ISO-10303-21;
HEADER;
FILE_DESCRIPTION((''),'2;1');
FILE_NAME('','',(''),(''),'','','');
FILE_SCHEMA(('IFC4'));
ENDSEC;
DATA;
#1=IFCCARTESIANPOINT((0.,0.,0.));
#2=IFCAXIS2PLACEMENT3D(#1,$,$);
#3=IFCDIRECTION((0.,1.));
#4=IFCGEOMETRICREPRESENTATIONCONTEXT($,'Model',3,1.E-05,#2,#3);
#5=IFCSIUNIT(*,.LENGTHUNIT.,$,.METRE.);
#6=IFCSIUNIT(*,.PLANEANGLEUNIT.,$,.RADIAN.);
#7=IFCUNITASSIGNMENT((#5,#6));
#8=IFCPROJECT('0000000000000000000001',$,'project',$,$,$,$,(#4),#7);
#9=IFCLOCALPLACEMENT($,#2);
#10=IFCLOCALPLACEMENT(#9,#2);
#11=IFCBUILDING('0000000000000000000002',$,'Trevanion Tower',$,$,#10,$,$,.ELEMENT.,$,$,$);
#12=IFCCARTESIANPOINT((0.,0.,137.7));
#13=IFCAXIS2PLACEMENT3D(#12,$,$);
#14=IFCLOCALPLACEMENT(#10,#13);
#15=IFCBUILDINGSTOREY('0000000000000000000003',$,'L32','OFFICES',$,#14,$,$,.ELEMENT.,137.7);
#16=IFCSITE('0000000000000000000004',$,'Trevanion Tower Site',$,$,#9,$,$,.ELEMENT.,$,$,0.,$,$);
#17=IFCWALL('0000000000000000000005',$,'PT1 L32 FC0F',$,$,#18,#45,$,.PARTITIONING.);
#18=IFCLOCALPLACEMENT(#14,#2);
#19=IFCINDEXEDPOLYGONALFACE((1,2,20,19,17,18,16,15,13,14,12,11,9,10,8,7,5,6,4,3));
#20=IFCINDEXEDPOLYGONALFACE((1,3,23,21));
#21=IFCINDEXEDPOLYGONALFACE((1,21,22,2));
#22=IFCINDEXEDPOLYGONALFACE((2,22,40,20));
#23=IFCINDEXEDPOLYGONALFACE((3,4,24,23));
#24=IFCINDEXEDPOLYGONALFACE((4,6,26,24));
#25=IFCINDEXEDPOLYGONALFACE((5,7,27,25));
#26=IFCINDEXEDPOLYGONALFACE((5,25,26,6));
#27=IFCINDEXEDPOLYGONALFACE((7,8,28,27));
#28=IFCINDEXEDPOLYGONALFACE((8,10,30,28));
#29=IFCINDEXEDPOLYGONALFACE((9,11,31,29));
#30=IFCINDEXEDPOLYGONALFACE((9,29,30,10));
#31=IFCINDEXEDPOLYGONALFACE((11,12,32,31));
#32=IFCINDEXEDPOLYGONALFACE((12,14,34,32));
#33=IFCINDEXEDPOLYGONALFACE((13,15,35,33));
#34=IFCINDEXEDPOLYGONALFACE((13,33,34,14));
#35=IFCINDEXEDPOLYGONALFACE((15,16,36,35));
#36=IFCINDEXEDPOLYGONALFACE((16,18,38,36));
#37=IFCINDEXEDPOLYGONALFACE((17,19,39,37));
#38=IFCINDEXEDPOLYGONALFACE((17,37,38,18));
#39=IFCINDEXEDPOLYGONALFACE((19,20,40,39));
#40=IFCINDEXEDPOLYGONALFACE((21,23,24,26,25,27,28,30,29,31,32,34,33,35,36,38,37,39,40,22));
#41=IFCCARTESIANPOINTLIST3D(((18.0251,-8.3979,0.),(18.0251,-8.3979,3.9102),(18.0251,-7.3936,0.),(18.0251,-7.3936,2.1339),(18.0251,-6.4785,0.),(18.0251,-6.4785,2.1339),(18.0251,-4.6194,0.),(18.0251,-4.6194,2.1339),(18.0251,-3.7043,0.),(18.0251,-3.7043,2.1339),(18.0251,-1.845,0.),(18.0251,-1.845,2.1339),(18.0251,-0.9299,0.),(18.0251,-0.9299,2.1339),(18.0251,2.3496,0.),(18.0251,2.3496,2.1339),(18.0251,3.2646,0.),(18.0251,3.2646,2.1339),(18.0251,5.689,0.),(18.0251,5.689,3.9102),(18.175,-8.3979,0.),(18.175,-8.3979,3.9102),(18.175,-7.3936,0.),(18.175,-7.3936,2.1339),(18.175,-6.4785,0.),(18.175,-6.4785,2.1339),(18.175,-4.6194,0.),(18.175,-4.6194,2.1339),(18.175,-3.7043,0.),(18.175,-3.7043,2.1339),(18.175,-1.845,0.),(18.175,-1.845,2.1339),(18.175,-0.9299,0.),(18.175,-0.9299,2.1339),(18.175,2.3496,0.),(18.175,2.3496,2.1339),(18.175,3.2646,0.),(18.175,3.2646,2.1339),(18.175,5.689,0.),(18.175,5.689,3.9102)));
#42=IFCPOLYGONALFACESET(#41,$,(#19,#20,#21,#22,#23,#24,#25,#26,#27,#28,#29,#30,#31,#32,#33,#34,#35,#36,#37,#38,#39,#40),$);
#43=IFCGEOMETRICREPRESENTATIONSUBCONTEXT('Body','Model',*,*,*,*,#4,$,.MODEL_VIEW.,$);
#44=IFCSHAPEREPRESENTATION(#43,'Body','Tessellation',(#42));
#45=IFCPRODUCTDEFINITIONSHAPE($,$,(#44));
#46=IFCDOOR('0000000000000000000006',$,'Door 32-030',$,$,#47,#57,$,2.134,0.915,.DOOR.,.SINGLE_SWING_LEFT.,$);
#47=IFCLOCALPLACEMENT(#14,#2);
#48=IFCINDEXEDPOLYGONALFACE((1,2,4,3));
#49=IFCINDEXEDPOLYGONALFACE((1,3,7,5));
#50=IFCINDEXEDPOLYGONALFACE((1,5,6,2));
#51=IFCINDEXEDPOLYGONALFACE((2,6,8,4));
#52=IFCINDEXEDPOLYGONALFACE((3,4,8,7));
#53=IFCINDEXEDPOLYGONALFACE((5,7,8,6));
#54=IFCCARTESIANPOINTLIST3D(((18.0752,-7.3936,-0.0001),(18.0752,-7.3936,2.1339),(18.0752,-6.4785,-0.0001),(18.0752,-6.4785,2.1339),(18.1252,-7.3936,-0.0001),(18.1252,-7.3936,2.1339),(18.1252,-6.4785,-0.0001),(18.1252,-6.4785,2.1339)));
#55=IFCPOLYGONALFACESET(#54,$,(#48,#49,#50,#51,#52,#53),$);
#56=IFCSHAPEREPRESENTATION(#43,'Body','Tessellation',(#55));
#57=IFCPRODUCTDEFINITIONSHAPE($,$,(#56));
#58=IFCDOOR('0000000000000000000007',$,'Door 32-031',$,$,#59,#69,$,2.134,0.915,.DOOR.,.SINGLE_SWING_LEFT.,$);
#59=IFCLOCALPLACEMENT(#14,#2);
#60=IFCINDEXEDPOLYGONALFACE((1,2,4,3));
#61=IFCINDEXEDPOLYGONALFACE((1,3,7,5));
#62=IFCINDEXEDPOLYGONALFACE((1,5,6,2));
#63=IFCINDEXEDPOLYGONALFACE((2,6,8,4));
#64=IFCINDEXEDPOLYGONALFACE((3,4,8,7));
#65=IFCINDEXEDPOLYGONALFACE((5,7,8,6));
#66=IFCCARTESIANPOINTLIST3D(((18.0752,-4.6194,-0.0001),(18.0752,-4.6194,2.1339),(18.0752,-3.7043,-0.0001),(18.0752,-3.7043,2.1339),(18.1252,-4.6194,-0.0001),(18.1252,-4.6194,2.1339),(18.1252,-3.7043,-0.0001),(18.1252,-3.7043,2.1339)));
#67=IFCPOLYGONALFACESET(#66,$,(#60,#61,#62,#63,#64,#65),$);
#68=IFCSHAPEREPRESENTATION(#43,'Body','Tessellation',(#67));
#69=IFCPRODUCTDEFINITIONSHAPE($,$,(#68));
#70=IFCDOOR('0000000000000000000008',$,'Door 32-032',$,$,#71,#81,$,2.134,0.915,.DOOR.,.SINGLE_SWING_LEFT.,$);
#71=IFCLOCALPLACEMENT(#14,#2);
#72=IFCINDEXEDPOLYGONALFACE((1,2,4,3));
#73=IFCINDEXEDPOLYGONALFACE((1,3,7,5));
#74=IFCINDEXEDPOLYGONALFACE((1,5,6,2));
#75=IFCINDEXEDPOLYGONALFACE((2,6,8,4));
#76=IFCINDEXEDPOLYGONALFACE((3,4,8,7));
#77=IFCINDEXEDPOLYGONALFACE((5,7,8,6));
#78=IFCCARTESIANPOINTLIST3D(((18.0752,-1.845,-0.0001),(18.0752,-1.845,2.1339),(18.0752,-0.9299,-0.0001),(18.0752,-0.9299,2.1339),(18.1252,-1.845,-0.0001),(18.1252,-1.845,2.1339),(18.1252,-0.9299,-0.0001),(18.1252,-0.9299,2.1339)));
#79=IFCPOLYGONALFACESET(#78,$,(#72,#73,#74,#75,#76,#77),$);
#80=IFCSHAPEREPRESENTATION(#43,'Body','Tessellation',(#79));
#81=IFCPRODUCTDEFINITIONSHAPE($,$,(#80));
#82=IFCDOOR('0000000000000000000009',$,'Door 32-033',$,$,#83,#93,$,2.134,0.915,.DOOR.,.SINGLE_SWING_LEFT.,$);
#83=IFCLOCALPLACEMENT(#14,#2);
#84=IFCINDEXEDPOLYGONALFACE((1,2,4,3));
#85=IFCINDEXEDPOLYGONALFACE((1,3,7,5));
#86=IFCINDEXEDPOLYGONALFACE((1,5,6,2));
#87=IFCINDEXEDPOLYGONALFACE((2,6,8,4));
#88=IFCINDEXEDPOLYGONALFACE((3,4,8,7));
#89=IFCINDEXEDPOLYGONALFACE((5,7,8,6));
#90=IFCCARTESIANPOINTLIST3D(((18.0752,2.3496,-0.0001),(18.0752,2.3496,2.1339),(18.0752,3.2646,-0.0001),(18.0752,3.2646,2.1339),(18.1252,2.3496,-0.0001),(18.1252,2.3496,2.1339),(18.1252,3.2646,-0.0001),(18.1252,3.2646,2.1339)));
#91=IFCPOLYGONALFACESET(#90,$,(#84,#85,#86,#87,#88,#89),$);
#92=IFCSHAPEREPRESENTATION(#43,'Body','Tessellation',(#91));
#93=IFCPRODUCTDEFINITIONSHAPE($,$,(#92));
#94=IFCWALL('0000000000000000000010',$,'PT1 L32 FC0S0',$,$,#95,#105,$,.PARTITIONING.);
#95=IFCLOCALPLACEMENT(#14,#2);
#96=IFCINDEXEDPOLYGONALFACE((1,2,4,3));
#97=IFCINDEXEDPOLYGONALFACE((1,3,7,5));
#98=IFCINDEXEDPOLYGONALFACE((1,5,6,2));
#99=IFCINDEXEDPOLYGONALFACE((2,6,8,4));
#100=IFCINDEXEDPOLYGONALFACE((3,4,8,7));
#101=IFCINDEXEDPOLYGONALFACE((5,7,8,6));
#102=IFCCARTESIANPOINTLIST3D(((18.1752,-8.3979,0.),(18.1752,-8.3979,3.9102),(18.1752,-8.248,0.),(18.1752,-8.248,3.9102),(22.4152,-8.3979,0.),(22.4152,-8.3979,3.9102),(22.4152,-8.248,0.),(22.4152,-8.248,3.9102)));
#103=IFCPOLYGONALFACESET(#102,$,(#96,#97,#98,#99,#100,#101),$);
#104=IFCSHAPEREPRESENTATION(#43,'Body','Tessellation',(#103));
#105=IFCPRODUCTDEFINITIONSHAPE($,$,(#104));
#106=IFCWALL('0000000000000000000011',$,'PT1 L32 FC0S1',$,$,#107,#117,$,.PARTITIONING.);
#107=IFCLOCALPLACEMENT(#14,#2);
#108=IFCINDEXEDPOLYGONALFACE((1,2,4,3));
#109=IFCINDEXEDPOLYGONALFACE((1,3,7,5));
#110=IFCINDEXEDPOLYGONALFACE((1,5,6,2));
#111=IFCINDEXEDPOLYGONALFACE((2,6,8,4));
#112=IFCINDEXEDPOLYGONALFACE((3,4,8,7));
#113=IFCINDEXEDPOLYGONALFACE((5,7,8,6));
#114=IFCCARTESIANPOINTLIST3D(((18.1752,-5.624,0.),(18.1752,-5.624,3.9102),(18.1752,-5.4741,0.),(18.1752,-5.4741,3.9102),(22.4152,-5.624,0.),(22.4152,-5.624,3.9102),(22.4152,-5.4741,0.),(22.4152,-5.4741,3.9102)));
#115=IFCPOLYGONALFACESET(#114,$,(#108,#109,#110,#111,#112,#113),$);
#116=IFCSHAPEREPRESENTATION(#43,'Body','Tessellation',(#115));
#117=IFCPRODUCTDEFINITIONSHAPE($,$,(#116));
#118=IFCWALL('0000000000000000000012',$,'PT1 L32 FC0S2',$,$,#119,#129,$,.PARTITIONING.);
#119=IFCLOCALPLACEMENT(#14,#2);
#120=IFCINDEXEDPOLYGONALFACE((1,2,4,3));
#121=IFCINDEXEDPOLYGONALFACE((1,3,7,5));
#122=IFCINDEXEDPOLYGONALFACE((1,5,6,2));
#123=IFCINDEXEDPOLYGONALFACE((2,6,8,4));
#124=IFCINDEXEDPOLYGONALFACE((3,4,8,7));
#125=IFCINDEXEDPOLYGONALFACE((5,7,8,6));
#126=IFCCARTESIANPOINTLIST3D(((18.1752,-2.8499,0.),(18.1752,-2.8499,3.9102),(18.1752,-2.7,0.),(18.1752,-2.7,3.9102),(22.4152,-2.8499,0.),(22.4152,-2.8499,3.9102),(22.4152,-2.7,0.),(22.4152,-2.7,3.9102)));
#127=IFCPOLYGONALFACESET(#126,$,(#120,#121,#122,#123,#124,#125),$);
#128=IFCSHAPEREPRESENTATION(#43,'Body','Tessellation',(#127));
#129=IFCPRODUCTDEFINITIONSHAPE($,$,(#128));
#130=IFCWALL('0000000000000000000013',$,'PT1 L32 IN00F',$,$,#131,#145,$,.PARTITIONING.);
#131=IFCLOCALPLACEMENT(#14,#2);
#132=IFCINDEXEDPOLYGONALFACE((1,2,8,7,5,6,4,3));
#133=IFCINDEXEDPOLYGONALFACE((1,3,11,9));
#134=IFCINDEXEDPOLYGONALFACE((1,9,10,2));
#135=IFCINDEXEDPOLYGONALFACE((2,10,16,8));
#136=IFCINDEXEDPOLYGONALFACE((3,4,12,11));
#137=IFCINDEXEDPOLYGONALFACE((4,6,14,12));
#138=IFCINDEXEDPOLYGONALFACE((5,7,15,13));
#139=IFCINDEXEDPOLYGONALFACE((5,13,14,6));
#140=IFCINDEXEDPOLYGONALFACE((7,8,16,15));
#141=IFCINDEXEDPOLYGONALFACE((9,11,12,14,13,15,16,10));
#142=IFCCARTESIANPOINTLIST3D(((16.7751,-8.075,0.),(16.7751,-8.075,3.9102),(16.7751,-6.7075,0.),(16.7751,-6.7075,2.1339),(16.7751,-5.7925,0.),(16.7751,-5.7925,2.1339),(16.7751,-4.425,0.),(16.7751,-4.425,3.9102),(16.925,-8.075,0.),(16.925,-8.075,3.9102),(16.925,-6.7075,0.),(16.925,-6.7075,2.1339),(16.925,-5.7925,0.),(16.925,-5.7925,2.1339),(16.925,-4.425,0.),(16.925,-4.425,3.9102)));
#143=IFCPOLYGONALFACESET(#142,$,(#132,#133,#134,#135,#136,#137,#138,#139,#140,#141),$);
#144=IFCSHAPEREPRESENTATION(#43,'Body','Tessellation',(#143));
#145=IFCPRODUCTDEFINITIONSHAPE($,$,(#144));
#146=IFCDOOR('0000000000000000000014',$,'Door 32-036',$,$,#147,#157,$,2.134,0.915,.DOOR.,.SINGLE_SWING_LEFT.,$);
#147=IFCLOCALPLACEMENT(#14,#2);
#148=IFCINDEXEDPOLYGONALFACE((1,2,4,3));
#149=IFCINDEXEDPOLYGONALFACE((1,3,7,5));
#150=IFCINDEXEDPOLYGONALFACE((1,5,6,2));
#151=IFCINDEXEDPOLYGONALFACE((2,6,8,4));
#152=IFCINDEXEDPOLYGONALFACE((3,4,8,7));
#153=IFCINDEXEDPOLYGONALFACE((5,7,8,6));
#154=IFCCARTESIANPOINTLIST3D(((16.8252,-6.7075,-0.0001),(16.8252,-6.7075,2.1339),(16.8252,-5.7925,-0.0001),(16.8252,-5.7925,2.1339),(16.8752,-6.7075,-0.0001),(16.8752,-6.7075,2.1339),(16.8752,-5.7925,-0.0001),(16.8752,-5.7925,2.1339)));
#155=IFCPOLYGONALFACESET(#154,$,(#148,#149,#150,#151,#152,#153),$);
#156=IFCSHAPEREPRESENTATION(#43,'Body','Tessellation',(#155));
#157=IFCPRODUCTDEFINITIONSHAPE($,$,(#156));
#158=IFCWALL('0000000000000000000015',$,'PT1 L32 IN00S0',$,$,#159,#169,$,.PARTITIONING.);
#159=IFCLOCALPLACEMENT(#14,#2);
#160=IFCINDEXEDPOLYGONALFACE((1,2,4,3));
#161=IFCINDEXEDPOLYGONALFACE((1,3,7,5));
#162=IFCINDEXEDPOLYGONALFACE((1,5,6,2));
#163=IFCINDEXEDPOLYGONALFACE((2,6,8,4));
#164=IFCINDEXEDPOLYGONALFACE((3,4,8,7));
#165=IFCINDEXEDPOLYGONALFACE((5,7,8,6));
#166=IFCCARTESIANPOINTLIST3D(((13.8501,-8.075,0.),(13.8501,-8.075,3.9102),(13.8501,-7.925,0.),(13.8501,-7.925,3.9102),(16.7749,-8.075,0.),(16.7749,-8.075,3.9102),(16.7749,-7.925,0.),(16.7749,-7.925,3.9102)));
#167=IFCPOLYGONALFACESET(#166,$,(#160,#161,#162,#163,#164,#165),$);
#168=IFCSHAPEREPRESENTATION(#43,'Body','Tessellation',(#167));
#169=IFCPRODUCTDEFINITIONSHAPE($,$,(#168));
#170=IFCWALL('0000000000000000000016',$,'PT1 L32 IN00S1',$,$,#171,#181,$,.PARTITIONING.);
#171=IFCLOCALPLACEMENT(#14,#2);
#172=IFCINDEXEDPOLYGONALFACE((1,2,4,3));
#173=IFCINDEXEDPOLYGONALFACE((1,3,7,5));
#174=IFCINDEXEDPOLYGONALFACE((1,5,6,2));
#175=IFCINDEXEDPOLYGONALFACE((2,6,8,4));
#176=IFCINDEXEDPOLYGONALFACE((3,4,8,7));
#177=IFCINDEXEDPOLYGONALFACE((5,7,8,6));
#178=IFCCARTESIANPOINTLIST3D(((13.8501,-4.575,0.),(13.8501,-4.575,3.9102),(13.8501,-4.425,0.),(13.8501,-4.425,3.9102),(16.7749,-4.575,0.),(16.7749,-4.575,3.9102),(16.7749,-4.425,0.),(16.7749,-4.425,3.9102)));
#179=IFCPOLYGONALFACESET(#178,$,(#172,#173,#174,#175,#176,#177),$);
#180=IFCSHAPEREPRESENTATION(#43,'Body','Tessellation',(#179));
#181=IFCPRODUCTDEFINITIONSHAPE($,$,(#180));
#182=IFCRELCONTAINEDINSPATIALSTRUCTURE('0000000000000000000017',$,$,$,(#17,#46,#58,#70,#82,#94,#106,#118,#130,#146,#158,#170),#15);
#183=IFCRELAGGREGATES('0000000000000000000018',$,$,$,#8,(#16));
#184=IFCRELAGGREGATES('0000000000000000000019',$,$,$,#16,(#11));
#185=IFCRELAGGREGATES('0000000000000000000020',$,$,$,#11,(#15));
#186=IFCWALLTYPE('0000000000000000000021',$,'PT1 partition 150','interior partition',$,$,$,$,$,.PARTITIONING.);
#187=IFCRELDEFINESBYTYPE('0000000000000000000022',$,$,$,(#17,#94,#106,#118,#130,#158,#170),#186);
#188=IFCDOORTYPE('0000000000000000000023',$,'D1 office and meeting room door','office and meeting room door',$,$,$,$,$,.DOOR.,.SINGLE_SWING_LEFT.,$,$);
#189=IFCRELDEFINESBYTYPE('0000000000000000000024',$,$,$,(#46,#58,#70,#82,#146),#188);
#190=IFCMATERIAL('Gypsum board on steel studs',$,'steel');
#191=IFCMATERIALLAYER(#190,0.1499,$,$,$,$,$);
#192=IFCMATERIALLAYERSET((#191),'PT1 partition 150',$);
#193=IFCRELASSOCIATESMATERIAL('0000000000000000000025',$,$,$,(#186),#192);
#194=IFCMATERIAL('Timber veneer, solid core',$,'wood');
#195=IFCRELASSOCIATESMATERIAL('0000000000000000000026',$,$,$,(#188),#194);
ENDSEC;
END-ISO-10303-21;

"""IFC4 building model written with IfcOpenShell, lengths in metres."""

from ifc_helpers import new_model, si_unit, direction, frame, frame_2d, origin, place, context, subcontext, project, spatial, rectangle, extrude, material, layer, layer_set, type_object, element, fill, save


model = new_model("IFC4")

# Units and contexts
model_context = context("Model", 3, precision=1e-05, world=origin(), true_north=direction((0.0, 1.0)))
body_context = subcontext(model_context, "Body", "Model", "MODEL_VIEW")
ifc_project = project(units=[si_unit("LENGTHUNIT", "METRE"), si_unit("PLANEANGLEUNIT", "RADIAN")], contexts=[model_context])

# Site, building, storey
site_placement = place(None, origin())
site = spatial("IfcSite", under=ifc_project, at=site_placement, Name="Trevanion Tower Site", CompositionType="ELEMENT", RefElevation=0.0)
building_placement = place(site_placement, origin())
building = spatial("IfcBuilding", under=site, at=building_placement, Name="Trevanion Tower", CompositionType="ELEMENT")
storey_placement = place(building_placement, frame((0.0, 0.0, 137.7)))
storey = spatial("IfcBuildingStorey", under=building, at=storey_placement, Name="L32", Description="OFFICES", CompositionType="ELEMENT", Elevation=137.7)

# Wall, openings, doors
ifc_material_1 = material(Name="Gypsum board on steel studs", Category="steel")
ifc_layer_1 = layer(ifc_material_1, 0.1499)
ifc_layer_set_1 = layer_set([ifc_layer_1], Name="PT1 partition 150")
wall_type = type_object("IfcWallType", Name="PT1 partition 150", Description="interior partition", PredefinedType="PARTITIONING", material=ifc_layer_set_1)
wall_1_placement = place(storey_placement, frame((18.1001, -8.3979, 0.0), z_axis=(0.0, 0.0, 1.0), x_axis=(0.0, 1.0, 0.0)))
wall_1 = element("IfcWall", 1, at=wall_1_placement, inside=storey, type_object=wall_type, Name="PT1 L32 FC0F", PredefinedType="PARTITIONING", context=body_context, shape_type="SweptSolid", body=[
    extrude(rectangle(XDim=14.0869, YDim=0.1499, at=frame_2d((7.0435, 0.0))), origin(), (0.0, 0.0, 1.0), 3.9102),
])
opening_1_placement = place(wall_1_placement, frame((1.0044, 0.0, 0.0)))
opening_1 = element("IfcOpeningElement", 2, at=opening_1_placement, cuts=wall_1, PredefinedType="OPENING", context=body_context, shape_type="SweptSolid", body=[
    extrude(rectangle(XDim=0.915, YDim=2.134, at=frame_2d((0.4575, 1.0669))), frame((0.0, 0.085, 0.0), z_axis=(0.0, -1.0, 0.0), x_axis=(1.0, 0.0, 0.0)), (0.0, 0.0, 1.0), 0.1699),
])
opening_2_placement = place(wall_1_placement, frame((3.7786, 0.0, 0.0)))
opening_2 = element("IfcOpeningElement", 3, at=opening_2_placement, cuts=wall_1, PredefinedType="OPENING", context=body_context, shape_type="SweptSolid", body=[
    extrude(rectangle(XDim=0.915, YDim=2.134, at=frame_2d((0.4575, 1.0669))), frame((0.0, 0.085, 0.0), z_axis=(0.0, -1.0, 0.0), x_axis=(1.0, 0.0, 0.0)), (0.0, 0.0, 1.0), 0.1699),
])
opening_3_placement = place(wall_1_placement, frame((6.553, 0.0, 0.0)))
opening_3 = element("IfcOpeningElement", 4, at=opening_3_placement, cuts=wall_1, PredefinedType="OPENING", context=body_context, shape_type="SweptSolid", body=[
    extrude(rectangle(XDim=0.915, YDim=2.134, at=frame_2d((0.4575, 1.0669))), frame((0.0, 0.085, 0.0), z_axis=(0.0, -1.0, 0.0), x_axis=(1.0, 0.0, 0.0)), (0.0, 0.0, 1.0), 0.1699),
])
opening_4_placement = place(wall_1_placement, frame((10.7476, 0.0, 0.0)))
opening_4 = element("IfcOpeningElement", 5, at=opening_4_placement, cuts=wall_1, PredefinedType="OPENING", context=body_context, shape_type="SweptSolid", body=[
    extrude(rectangle(XDim=0.915, YDim=2.134, at=frame_2d((0.4575, 1.0669))), frame((0.0, 0.085, 0.0), z_axis=(0.0, -1.0, 0.0), x_axis=(1.0, 0.0, 0.0)), (0.0, 0.0, 1.0), 0.1699),
])
ifc_material_2 = material(Name="Timber veneer, solid core", Category="wood")
door_type = type_object("IfcDoorType", Name="D1 office and meeting room door", Description="office and meeting room door", OperationType="SINGLE_SWING_LEFT", PredefinedType="DOOR", material=ifc_material_2)
door_1_placement = place(opening_1_placement, origin())
door_1 = element("IfcDoor", 6, at=door_1_placement, inside=storey, type_object=door_type, Name="Door 32-030", OperationType="SINGLE_SWING_LEFT", OverallHeight=2.134, OverallWidth=0.915, PredefinedType="DOOR", context=body_context, shape_type="SweptSolid", body=[
    extrude(rectangle(XDim=0.915, YDim=2.134, at=frame_2d((0.4575, 1.0669))), frame((0.0, 0.0249, 0.0), z_axis=(0.0, -1.0, 0.0), x_axis=(1.0, 0.0, 0.0)), (0.0, 0.0, 1.0), 0.05),
])
fill(opening_1, door_1)
door_2_placement = place(opening_2_placement, origin())
door_2 = element("IfcDoor", 7, at=door_2_placement, inside=storey, type_object=door_type, Name="Door 32-031", OperationType="SINGLE_SWING_LEFT", OverallHeight=2.134, OverallWidth=0.915, PredefinedType="DOOR", context=body_context, shape_type="SweptSolid", body=[
    extrude(rectangle(XDim=0.915, YDim=2.134, at=frame_2d((0.4575, 1.0669))), frame((0.0, 0.0249, 0.0), z_axis=(0.0, -1.0, 0.0), x_axis=(1.0, 0.0, 0.0)), (0.0, 0.0, 1.0), 0.05),
])
fill(opening_2, door_2)
door_3_placement = place(opening_3_placement, origin())
door_3 = element("IfcDoor", 8, at=door_3_placement, inside=storey, type_object=door_type, Name="Door 32-032", OperationType="SINGLE_SWING_LEFT", OverallHeight=2.134, OverallWidth=0.915, PredefinedType="DOOR", context=body_context, shape_type="SweptSolid", body=[
    extrude(rectangle(XDim=0.915, YDim=2.134, at=frame_2d((0.4575, 1.0669))), frame((0.0, 0.0249, 0.0), z_axis=(0.0, -1.0, 0.0), x_axis=(1.0, 0.0, 0.0)), (0.0, 0.0, 1.0), 0.05),
])
fill(opening_3, door_3)
door_4_placement = place(opening_4_placement, origin())
door_4 = element("IfcDoor", 9, at=door_4_placement, inside=storey, type_object=door_type, Name="Door 32-033", OperationType="SINGLE_SWING_LEFT", OverallHeight=2.134, OverallWidth=0.915, PredefinedType="DOOR", context=body_context, shape_type="SweptSolid", body=[
    extrude(rectangle(XDim=0.915, YDim=2.134, at=frame_2d((0.4575, 1.0669))), frame((0.0, 0.0249, 0.0), z_axis=(0.0, -1.0, 0.0), x_axis=(1.0, 0.0, 0.0)), (0.0, 0.0, 1.0), 0.05),
])
fill(opening_4, door_4)

# Walls
for number, where, z_axis, x_axis, name in (
    (10, (18.175, -8.323, 0.0), (0.0, 0.0, 1.0), (1.0, 0.0, 0.0), "PT1 L32 FC0S0"),
    (11, (18.175, -5.5491, 0.0), (0.0, 0.0, 1.0), (1.0, 0.0, 0.0), "PT1 L32 FC0S1"),
    (12, (18.175, -2.7749, 0.0), (0.0, 0.0, 1.0), (1.0, 0.0, 0.0), "PT1 L32 FC0S2"),
):
    element("IfcWall", number, at=place(storey_placement, frame(where, z_axis=z_axis, x_axis=x_axis)), inside=storey, type_object=wall_type, Name=name, PredefinedType="PARTITIONING", context=body_context, shape_type="SweptSolid", body=[
        extrude(rectangle(XDim=4.24, YDim=0.1499, at=frame_2d((2.1201, 0.0))), origin(), (0.0, 0.0, 1.0), 3.9102),
    ])

# Wall, opening, door
wall_2_placement = place(storey_placement, frame((16.8501, -8.075, 0.0), z_axis=(0.0, 0.0, 1.0), x_axis=(0.0, 1.0, 0.0)))
wall_2 = element("IfcWall", 13, at=wall_2_placement, inside=storey, type_object=wall_type, Name="PT1 L32 IN00F", PredefinedType="PARTITIONING", context=body_context, shape_type="SweptSolid", body=[
    extrude(rectangle(XDim=3.6499, YDim=0.1499, at=frame_2d((1.825, 0.0))), origin(), (0.0, 0.0, 1.0), 3.9102),
])
opening_5_placement = place(wall_2_placement, frame((1.3674, 0.0, 0.0)))
opening_5 = element("IfcOpeningElement", 14, at=opening_5_placement, cuts=wall_2, PredefinedType="OPENING", context=body_context, shape_type="SweptSolid", body=[
    extrude(rectangle(XDim=0.915, YDim=2.134, at=frame_2d((0.4575, 1.0669))), frame((0.0, 0.085, 0.0), z_axis=(0.0, -1.0, 0.0), x_axis=(1.0, 0.0, 0.0)), (0.0, 0.0, 1.0), 0.1699),
])
door_5_placement = place(opening_5_placement, origin())
door_5 = element("IfcDoor", 15, at=door_5_placement, inside=storey, type_object=door_type, Name="Door 32-036", OperationType="SINGLE_SWING_LEFT", OverallHeight=2.134, OverallWidth=0.915, PredefinedType="DOOR", context=body_context, shape_type="SweptSolid", body=[
    extrude(rectangle(XDim=0.915, YDim=2.134, at=frame_2d((0.4575, 1.0669))), frame((0.0, 0.0249, 0.0), z_axis=(0.0, -1.0, 0.0), x_axis=(1.0, 0.0, 0.0)), (0.0, 0.0, 1.0), 0.05),
])
fill(opening_5, door_5)

# Walls
for number, where, z_axis, x_axis, name in (
    (16, (16.7749, -8.0, 0.0), (0.0, 0.0, 1.0), (-1.0, 0.0, 0.0), "PT1 L32 IN00S0"),
    (17, (16.7749, -4.5, 0.0), (0.0, 0.0, 1.0), (-1.0, 0.0, 0.0), "PT1 L32 IN00S1"),
):
    element("IfcWall", number, at=place(storey_placement, frame(where, z_axis=z_axis, x_axis=x_axis)), inside=storey, type_object=wall_type, Name=name, PredefinedType="PARTITIONING", context=body_context, shape_type="SweptSolid", body=[
        extrude(rectangle(XDim=2.9248, YDim=0.1499, at=frame_2d((1.4624, 0.0))), origin(), (0.0, 0.0, 1.0), 3.9102),
    ])

save(model, "model.ifc")
